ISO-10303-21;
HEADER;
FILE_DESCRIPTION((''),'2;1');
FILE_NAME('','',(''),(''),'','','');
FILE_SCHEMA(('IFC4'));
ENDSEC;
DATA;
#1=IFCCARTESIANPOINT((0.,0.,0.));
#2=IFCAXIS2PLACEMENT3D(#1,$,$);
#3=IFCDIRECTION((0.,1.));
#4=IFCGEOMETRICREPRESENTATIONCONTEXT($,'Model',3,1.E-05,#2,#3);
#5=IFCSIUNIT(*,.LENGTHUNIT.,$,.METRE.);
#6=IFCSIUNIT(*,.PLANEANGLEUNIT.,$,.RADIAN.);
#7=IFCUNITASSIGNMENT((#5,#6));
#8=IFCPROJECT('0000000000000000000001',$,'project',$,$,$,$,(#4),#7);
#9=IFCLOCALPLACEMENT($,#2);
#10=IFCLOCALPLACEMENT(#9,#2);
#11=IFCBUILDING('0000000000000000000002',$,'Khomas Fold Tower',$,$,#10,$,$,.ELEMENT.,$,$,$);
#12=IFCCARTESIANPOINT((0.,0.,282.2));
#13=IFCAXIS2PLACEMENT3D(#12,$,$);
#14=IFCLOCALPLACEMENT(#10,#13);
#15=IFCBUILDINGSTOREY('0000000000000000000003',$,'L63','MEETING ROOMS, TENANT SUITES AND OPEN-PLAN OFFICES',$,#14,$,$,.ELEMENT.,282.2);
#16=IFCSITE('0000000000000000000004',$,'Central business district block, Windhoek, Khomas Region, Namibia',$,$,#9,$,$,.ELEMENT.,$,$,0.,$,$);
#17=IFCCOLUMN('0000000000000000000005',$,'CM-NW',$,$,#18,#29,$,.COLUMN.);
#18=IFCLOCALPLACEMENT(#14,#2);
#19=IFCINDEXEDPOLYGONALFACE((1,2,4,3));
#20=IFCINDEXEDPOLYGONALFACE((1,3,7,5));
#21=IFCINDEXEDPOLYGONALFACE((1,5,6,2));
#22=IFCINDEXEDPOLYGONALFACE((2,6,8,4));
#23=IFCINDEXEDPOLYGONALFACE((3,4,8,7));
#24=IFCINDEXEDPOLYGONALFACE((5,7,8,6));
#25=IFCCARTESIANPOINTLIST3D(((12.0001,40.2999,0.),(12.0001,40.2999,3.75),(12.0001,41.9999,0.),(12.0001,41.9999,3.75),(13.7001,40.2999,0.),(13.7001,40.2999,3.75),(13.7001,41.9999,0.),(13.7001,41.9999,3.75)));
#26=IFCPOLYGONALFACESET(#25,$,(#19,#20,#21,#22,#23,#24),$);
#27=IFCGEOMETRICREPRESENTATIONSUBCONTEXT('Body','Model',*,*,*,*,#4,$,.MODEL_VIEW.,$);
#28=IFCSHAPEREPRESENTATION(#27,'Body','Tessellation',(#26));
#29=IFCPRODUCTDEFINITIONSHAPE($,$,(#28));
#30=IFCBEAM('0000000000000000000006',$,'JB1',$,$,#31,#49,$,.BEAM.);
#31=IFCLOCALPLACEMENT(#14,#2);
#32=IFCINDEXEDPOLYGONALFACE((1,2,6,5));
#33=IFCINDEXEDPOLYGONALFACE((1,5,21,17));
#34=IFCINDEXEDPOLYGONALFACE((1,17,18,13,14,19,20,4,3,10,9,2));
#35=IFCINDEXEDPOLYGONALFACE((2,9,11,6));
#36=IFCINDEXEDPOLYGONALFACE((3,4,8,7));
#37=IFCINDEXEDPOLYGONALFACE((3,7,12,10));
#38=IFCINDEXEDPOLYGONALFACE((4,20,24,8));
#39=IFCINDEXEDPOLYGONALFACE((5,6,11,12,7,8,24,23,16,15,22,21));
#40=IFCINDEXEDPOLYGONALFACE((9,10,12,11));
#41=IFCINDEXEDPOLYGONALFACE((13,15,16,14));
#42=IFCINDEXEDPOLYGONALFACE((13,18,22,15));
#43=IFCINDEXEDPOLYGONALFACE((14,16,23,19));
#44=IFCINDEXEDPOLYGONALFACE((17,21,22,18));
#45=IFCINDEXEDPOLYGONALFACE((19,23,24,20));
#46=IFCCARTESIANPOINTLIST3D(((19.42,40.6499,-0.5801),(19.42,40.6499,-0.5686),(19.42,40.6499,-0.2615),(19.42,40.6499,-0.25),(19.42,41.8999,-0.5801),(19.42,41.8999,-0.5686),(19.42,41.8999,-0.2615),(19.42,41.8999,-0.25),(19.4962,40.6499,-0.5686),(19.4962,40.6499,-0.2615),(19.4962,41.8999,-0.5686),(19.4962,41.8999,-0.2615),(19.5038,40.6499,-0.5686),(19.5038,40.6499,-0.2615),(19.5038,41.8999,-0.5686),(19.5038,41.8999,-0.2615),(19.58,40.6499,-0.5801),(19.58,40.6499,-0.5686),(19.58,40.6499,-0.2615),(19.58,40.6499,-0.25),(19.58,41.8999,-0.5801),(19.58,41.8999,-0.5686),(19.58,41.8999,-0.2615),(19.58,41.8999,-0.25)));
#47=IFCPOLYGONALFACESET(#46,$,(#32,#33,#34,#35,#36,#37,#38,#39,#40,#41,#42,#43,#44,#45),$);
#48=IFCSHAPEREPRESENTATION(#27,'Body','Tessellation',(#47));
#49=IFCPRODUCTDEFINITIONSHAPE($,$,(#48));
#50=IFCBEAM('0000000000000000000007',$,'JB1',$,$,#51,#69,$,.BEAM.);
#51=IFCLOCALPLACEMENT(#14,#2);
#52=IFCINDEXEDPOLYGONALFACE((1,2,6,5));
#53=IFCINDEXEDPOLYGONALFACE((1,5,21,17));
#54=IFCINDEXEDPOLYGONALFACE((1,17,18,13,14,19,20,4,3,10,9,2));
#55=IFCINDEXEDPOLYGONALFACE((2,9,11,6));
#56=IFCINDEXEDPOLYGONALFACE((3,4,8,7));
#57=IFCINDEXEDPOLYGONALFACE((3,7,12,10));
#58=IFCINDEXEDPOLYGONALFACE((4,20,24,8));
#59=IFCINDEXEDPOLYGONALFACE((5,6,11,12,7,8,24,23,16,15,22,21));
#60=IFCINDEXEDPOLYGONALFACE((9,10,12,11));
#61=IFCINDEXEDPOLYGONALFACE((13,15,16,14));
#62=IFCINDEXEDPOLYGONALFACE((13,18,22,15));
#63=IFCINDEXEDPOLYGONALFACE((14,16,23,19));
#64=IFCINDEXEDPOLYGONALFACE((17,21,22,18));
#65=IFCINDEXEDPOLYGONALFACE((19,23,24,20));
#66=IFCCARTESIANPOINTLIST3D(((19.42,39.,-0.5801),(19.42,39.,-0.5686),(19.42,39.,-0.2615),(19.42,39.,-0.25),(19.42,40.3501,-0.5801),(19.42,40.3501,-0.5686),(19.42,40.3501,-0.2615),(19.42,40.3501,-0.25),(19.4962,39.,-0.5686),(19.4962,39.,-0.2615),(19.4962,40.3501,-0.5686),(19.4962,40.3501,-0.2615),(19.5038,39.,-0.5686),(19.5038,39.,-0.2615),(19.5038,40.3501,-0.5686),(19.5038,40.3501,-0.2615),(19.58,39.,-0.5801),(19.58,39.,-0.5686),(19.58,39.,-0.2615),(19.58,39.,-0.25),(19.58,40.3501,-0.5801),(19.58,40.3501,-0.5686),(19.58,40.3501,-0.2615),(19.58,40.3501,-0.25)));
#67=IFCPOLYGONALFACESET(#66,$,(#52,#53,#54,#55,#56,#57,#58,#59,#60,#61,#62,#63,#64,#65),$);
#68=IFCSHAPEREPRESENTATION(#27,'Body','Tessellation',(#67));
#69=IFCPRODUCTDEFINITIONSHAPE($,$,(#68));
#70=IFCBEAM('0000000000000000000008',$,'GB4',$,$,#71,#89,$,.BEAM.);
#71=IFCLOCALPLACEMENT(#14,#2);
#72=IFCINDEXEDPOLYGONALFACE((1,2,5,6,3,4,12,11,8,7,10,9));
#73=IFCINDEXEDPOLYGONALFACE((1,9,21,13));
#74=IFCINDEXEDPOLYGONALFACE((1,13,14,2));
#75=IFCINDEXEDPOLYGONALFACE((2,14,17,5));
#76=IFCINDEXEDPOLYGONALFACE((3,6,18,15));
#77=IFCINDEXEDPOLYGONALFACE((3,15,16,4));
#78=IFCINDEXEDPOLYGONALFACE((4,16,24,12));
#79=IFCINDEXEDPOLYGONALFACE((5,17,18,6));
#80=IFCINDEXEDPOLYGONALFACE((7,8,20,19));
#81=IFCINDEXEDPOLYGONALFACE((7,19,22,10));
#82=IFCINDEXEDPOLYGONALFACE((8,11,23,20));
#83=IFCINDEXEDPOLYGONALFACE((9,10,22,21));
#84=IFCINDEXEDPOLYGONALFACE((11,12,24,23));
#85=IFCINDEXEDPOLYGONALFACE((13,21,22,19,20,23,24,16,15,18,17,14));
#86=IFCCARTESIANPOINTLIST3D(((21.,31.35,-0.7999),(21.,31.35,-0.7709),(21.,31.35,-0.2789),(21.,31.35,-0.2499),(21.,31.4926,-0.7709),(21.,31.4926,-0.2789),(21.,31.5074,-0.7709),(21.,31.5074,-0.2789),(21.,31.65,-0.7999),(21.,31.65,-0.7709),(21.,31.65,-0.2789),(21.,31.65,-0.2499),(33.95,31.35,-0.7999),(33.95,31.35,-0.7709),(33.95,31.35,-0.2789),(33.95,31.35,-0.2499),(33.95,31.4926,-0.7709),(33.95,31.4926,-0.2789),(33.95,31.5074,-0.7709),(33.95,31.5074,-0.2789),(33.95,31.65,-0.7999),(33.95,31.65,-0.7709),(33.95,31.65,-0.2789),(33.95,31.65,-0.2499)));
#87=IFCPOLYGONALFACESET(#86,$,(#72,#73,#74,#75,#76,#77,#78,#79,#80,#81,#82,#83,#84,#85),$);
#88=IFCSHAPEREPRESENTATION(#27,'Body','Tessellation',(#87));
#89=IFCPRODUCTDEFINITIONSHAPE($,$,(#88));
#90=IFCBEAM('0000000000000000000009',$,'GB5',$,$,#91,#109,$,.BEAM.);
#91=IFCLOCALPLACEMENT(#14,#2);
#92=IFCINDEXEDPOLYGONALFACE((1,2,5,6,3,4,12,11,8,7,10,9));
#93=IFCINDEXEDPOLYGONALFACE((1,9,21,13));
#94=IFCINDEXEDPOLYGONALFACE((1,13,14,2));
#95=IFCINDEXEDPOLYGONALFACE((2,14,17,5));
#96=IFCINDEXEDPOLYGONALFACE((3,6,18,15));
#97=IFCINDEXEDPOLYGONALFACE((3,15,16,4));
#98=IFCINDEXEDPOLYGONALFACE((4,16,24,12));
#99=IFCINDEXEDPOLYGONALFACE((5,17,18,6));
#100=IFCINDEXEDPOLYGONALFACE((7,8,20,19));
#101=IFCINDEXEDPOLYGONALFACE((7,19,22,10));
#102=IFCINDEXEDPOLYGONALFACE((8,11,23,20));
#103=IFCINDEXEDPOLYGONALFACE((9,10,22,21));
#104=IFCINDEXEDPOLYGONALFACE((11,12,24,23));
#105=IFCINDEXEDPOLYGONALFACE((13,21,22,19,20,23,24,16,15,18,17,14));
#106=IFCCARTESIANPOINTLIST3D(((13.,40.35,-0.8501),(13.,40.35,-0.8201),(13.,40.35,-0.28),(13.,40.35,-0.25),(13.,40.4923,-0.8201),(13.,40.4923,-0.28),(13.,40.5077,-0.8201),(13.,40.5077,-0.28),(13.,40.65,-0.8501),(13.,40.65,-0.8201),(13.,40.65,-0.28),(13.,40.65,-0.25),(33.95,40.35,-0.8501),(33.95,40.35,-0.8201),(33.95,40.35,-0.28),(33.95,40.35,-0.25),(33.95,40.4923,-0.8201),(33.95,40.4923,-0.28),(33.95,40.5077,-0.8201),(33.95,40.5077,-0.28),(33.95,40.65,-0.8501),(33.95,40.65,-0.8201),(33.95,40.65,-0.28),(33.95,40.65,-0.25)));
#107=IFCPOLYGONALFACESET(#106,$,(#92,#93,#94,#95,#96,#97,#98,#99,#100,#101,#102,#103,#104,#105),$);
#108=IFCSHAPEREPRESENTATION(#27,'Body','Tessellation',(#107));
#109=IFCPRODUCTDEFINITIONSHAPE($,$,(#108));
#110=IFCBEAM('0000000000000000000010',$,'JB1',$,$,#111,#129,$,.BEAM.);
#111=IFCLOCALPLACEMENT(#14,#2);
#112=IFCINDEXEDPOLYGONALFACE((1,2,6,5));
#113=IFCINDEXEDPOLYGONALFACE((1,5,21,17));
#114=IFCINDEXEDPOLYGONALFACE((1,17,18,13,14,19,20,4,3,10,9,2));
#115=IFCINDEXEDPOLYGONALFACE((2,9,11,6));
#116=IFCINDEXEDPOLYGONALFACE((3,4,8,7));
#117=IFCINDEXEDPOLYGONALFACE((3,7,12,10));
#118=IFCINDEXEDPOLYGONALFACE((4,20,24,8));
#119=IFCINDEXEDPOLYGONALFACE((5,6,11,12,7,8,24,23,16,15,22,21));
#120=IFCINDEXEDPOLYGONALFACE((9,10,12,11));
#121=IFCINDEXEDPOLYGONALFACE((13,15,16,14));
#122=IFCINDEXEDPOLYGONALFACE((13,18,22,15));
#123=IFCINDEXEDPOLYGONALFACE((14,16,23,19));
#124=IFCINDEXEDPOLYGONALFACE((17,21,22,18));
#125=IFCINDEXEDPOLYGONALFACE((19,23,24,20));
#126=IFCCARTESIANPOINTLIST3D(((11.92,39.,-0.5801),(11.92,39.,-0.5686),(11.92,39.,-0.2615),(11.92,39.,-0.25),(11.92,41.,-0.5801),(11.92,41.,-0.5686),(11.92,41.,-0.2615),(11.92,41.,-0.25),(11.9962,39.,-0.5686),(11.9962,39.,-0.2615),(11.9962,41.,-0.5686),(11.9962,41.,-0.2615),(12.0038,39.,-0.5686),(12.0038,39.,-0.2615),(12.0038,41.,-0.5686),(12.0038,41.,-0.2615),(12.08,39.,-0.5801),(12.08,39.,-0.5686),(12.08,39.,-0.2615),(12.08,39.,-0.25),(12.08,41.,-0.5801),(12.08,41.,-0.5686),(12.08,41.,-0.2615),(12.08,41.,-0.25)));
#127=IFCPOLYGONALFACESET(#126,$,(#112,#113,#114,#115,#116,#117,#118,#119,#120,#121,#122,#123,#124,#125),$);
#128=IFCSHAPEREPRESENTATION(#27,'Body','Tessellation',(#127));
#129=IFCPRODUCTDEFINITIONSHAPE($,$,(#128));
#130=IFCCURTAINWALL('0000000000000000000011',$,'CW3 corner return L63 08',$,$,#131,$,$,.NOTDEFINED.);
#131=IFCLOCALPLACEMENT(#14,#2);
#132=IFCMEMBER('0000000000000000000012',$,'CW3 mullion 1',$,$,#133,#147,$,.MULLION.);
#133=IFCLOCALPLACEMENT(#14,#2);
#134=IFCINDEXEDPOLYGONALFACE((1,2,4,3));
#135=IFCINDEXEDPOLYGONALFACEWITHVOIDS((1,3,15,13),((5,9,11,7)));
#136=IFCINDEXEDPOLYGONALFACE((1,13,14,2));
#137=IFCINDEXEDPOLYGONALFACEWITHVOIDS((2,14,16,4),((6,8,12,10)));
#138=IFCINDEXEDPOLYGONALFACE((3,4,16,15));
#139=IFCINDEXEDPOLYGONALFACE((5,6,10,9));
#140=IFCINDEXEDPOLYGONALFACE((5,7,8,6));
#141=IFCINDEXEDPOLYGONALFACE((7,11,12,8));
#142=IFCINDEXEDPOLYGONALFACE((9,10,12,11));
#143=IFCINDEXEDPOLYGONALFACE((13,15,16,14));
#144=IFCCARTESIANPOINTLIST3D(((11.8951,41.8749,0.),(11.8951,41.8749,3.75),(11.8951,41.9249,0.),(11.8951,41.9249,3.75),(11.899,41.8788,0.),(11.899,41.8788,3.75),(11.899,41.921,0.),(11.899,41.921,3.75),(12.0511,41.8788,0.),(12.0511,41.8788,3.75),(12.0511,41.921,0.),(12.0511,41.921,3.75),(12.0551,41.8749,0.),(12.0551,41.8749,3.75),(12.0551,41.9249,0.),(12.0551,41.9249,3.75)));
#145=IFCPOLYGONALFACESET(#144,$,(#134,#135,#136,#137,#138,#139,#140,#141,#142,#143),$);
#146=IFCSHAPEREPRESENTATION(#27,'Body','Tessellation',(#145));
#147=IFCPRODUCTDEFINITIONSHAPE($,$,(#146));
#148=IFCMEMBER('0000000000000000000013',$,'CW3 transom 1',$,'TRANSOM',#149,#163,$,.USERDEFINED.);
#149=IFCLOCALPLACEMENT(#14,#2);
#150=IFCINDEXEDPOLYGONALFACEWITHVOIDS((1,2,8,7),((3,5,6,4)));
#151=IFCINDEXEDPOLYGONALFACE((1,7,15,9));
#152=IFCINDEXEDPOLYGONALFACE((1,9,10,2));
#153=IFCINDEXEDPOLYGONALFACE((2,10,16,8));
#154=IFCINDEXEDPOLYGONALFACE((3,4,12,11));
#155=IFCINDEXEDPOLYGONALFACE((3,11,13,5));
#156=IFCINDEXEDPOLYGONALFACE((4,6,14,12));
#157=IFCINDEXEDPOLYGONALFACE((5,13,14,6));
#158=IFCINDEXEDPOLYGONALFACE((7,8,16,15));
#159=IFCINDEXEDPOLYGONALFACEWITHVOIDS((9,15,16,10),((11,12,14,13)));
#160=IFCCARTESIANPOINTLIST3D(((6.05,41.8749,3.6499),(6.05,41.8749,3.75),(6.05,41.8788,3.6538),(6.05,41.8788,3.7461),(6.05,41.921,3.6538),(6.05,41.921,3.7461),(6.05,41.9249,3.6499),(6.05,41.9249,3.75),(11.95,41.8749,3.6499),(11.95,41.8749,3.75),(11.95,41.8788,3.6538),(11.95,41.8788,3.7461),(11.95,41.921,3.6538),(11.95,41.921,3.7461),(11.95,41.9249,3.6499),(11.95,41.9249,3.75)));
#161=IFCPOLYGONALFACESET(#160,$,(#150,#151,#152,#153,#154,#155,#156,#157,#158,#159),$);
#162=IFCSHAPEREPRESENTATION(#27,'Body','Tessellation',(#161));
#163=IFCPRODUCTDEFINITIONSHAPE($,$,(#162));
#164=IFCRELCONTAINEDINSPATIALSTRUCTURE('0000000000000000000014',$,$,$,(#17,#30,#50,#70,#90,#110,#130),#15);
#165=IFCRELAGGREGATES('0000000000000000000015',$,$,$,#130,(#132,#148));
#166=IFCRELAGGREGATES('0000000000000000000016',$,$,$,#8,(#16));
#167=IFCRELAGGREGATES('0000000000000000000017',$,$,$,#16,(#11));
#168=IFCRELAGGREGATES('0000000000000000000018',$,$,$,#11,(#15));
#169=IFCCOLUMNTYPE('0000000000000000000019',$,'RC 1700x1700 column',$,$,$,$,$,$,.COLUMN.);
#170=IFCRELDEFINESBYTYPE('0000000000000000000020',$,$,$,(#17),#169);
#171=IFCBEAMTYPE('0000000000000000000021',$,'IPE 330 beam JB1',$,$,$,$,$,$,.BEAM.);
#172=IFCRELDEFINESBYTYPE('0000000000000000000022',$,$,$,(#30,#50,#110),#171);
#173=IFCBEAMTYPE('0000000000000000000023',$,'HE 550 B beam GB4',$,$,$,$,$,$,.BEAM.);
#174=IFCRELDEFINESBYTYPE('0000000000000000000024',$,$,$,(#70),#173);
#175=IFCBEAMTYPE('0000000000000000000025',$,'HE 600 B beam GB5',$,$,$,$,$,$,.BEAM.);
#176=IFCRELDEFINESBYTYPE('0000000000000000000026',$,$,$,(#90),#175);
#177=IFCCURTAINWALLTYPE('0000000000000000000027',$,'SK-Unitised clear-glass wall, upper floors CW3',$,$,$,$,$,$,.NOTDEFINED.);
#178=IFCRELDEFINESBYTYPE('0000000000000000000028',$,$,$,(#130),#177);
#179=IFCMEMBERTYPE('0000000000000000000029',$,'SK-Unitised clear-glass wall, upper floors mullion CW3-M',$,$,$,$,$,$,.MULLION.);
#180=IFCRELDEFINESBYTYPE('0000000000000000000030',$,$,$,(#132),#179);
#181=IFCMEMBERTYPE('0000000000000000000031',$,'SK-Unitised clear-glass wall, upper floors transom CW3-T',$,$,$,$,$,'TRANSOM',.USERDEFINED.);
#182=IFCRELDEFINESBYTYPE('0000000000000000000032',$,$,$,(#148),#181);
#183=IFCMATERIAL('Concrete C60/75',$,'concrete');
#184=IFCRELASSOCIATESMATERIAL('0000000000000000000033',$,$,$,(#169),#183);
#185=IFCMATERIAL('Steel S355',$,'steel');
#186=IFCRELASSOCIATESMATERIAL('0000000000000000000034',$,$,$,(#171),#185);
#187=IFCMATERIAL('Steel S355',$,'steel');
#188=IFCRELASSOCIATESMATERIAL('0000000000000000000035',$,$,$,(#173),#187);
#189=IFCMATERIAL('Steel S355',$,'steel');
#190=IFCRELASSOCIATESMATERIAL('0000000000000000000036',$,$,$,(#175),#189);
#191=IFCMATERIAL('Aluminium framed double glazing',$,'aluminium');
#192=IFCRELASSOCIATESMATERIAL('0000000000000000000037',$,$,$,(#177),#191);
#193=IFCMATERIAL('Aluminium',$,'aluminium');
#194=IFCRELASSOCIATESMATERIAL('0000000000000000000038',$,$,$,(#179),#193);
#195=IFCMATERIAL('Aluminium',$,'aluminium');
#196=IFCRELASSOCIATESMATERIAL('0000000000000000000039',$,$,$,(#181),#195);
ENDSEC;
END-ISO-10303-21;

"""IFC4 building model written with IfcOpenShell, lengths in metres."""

from ifc_helpers import new_model, si_unit, direction, frame, origin, origin_2d, place, context, subcontext, project, spatial, rectangle, hollow_rectangle, i_section, extrude, source, transform, mapped, material, material_profile, profile_set, type_object, element, aggregate, save


model = new_model("IFC4")

# Units and contexts
model_context = context("Model", 3, precision=1e-05, world=origin(), true_north=direction((0.0, 1.0)))
body_context = subcontext(model_context, "Body", "Model", "MODEL_VIEW")
ifc_project = project(units=[si_unit("LENGTHUNIT", "METRE"), si_unit("PLANEANGLEUNIT", "RADIAN")], contexts=[model_context])

# Site, building, storey
site_placement = place(None, origin())
site = spatial("IfcSite", under=ifc_project, at=site_placement, Name="Central business district block, Windhoek, Khomas Region, Namibia", CompositionType="ELEMENT", RefElevation=0.0)
building_placement = place(site_placement, origin())
building = spatial("IfcBuilding", under=site, at=building_placement, Name="Khomas Fold Tower", CompositionType="ELEMENT")
storey_placement = place(building_placement, frame((0.0, 0.0, 282.2)))
storey = spatial("IfcBuildingStorey", under=building, at=storey_placement, Name="L63", Description="MEETING ROOMS, TENANT SUITES AND OPEN-PLAN OFFICES", CompositionType="ELEMENT", Elevation=282.2)

# Column
ifc_material_1 = material(Name="Concrete C60/75", Category="concrete")
ifc_material_profile_1 = material_profile(ifc_material_1, rectangle(XDim=1.7, YDim=1.7, at=origin_2d()), Name="RC 1700x1700")
ifc_profile_set_1 = profile_set([ifc_material_profile_1], Name="Concrete C60/75")
column_type = type_object("IfcColumnType", Name="RC 1700x1700 column", PredefinedType="COLUMN", material=ifc_profile_set_1)
shared_shape_1 = source(origin(), body_context, "Body", "SweptSolid", [
    extrude(rectangle(XDim=1.7, YDim=1.7, at=origin_2d()), origin(), (0.0, 0.0, 1.0), 3.75),
])
column_placement = place(storey_placement, frame((12.8501, 41.1499, 0.0), z_axis=(0.0, 0.0, 1.0), x_axis=(1.0, 0.0, 0.0)))
element("IfcColumn", 1, at=column_placement, inside=storey, type_object=column_type, Name="CM-NW", PredefinedType="COLUMN", context=body_context, shape_type="MappedRepresentation", body=[
    mapped(shared_shape_1, transform((0.0, 0.0, 0.0))),
])

# Beams
ifc_material_2 = material(Name="Steel S355", Category="steel")
ifc_material_profile_2 = material_profile(ifc_material_2, i_section(OverallWidth=0.1599, OverallDepth=0.3301, WebThickness=0.0076, FlangeThickness=0.0115, at=origin_2d()), Name="IPE 330")
ifc_profile_set_2 = profile_set([ifc_material_profile_2], Name="Steel S355")
beam_type_1 = type_object("IfcBeamType", Name="IPE 330 beam JB1", PredefinedType="BEAM", material=ifc_profile_set_2)
shared_shape_2 = source(origin(), body_context, "Body", "SweptSolid", [
    extrude(i_section(OverallWidth=0.1599, OverallDepth=0.3301, WebThickness=0.0076, FlangeThickness=0.0115, at=origin_2d()), origin(), (0.0, 0.0, 1.0), 1.25),
])
beam_1_placement = place(storey_placement, frame((19.5, 40.6499, -0.415), z_axis=(0.0, 1.0, 0.0), x_axis=(-1.0, 0.0, 0.0)))
element("IfcBeam", 2, at=beam_1_placement, inside=storey, type_object=beam_type_1, Name="JB1", PredefinedType="BEAM", context=body_context, shape_type="MappedRepresentation", body=[
    mapped(shared_shape_2, transform((0.0, 0.0, 0.0))),
])
shared_shape_3 = source(origin(), body_context, "Body", "SweptSolid", [
    extrude(i_section(OverallWidth=0.1599, OverallDepth=0.3301, WebThickness=0.0076, FlangeThickness=0.0115, at=origin_2d()), origin(), (0.0, 0.0, 1.0), 1.3501),
])
beam_2_placement = place(storey_placement, frame((19.5, 39.0, -0.415), z_axis=(0.0, 1.0, 0.0), x_axis=(-1.0, 0.0, 0.0)))
element("IfcBeam", 3, at=beam_2_placement, inside=storey, type_object=beam_type_1, Name="JB1", PredefinedType="BEAM", context=body_context, shape_type="MappedRepresentation", body=[
    mapped(shared_shape_3, transform((0.0, 0.0, 0.0))),
])
ifc_material_3 = material(Name="Steel S355", Category="steel")
ifc_material_profile_3 = material_profile(ifc_material_3, i_section(OverallWidth=0.3, OverallDepth=0.55, WebThickness=0.0149, FlangeThickness=0.0291, at=origin_2d()), Name="HE 550 B")
ifc_profile_set_3 = profile_set([ifc_material_profile_3], Name="Steel S355")
beam_type_2 = type_object("IfcBeamType", Name="HE 550 B beam GB4", PredefinedType="BEAM", material=ifc_profile_set_3)
shared_shape_4 = source(origin(), body_context, "Body", "SweptSolid", [
    extrude(i_section(OverallWidth=0.3, OverallDepth=0.55, WebThickness=0.0149, FlangeThickness=0.0291, at=origin_2d()), origin(), (0.0, 0.0, 1.0), 12.95),
])
beam_3_placement = place(storey_placement, frame((21.0, 31.5, -0.5249), z_axis=(1.0, 0.0, 0.0), x_axis=(0.0, 1.0, 0.0)))
element("IfcBeam", 4, at=beam_3_placement, inside=storey, type_object=beam_type_2, Name="GB4", PredefinedType="BEAM", context=body_context, shape_type="MappedRepresentation", body=[
    mapped(shared_shape_4, transform((0.0, 0.0, 0.0))),
])
ifc_material_4 = material(Name="Steel S355", Category="steel")
ifc_material_profile_4 = material_profile(ifc_material_4, i_section(OverallWidth=0.3, OverallDepth=0.6001, WebThickness=0.0154, FlangeThickness=0.03, at=origin_2d()), Name="HE 600 B")
ifc_profile_set_4 = profile_set([ifc_material_profile_4], Name="Steel S355")
beam_type_3 = type_object("IfcBeamType", Name="HE 600 B beam GB5", PredefinedType="BEAM", material=ifc_profile_set_4)
shared_shape_5 = source(origin(), body_context, "Body", "SweptSolid", [
    extrude(i_section(OverallWidth=0.3, OverallDepth=0.6001, WebThickness=0.0154, FlangeThickness=0.03, at=origin_2d()), origin(), (0.0, 0.0, 1.0), 20.95),
])
beam_4_placement = place(storey_placement, frame((13.0, 40.5, -0.55), z_axis=(1.0, 0.0, 0.0), x_axis=(0.0, 1.0, 0.0)))
element("IfcBeam", 5, at=beam_4_placement, inside=storey, type_object=beam_type_3, Name="GB5", PredefinedType="BEAM", context=body_context, shape_type="MappedRepresentation", body=[
    mapped(shared_shape_5, transform((0.0, 0.0, 0.0))),
])
shared_shape_6 = source(origin(), body_context, "Body", "SweptSolid", [
    extrude(i_section(OverallWidth=0.1599, OverallDepth=0.3301, WebThickness=0.0076, FlangeThickness=0.0115, at=origin_2d()), origin(), (0.0, 0.0, 1.0), 2.0),
])
beam_5_placement = place(storey_placement, frame((12.0, 39.0, -0.415), z_axis=(0.0, 1.0, 0.0), x_axis=(-1.0, 0.0, 0.0)))
element("IfcBeam", 6, at=beam_5_placement, inside=storey, type_object=beam_type_1, Name="JB1", PredefinedType="BEAM", context=body_context, shape_type="MappedRepresentation", body=[
    mapped(shared_shape_6, transform((0.0, 0.0, 0.0))),
])

# Curtain wall, members
ifc_material_5 = material(Name="Aluminium framed double glazing", Category="aluminium")
curtain_wall_type = type_object("IfcCurtainWallType", Name="SK-Unitised clear-glass wall, upper floors CW3", PredefinedType="NOTDEFINED", material=ifc_material_5)
curtain_wall_placement = place(storey_placement, origin())
curtain_wall = element("IfcCurtainWall", 7, at=curtain_wall_placement, inside=storey, type_object=curtain_wall_type, Name="CW3 corner return L63 08", PredefinedType="NOTDEFINED")
ifc_material_6 = material(Name="Aluminium", Category="aluminium")
ifc_material_profile_5 = material_profile(ifc_material_6, hollow_rectangle(XDim=0.05, YDim=0.1599, WallThickness=0.0039, at=origin_2d()), Name="SK-Unitised clear-glass wall, upper floors mullion CW3-M")
ifc_profile_set_5 = profile_set([ifc_material_profile_5], Name="Aluminium")
member_type_1 = type_object("IfcMemberType", Name="SK-Unitised clear-glass wall, upper floors mullion CW3-M", PredefinedType="MULLION", material=ifc_profile_set_5)
shared_shape_7 = source(origin(), body_context, "Body", "SweptSolid", [
    extrude(hollow_rectangle(XDim=0.05, YDim=0.1599, WallThickness=0.0039, at=origin_2d()), origin(), (0.0, 0.0, 1.0), 3.75),
])
member_1_placement = place(storey_placement, frame((11.9751, 41.8999, 0.0), z_axis=(0.0, 0.0, 1.0), x_axis=(0.0, -1.0, 0.0)))
member_1 = element("IfcMember", 8, at=member_1_placement, type_object=member_type_1, Name="CW3 mullion 1", PredefinedType="MULLION", context=body_context, shape_type="MappedRepresentation", body=[
    mapped(shared_shape_7, transform((0.0, 0.0, 0.0))),
])
ifc_material_7 = material(Name="Aluminium", Category="aluminium")
ifc_material_profile_6 = material_profile(ifc_material_7, hollow_rectangle(XDim=0.05, YDim=0.1001, WallThickness=0.0039, at=origin_2d()), Name="SK-Unitised clear-glass wall, upper floors transom CW3-T")
ifc_profile_set_6 = profile_set([ifc_material_profile_6], Name="Aluminium")
member_type_2 = type_object("IfcMemberType", Name="SK-Unitised clear-glass wall, upper floors transom CW3-T", ElementType="TRANSOM", PredefinedType="USERDEFINED", material=ifc_profile_set_6)
shared_shape_8 = source(origin(), body_context, "Body", "SweptSolid", [
    extrude(hollow_rectangle(XDim=0.05, YDim=0.1001, WallThickness=0.0039, at=origin_2d()), origin(), (0.0, 0.0, 1.0), 5.8999),
])
member_2_placement = place(storey_placement, frame((11.95, 41.8999, 3.7), z_axis=(-1.0, 0.0, 0.0), x_axis=(0.0, -1.0, 0.0)))
member_2 = element("IfcMember", 9, at=member_2_placement, type_object=member_type_2, Name="CW3 transom 1", ObjectType="TRANSOM", PredefinedType="USERDEFINED", context=body_context, shape_type="MappedRepresentation", body=[
    mapped(shared_shape_8, transform((0.0, 0.0, 0.0))),
])
aggregate(curtain_wall, [member_1, member_2])

save(model, "model.ifc")
